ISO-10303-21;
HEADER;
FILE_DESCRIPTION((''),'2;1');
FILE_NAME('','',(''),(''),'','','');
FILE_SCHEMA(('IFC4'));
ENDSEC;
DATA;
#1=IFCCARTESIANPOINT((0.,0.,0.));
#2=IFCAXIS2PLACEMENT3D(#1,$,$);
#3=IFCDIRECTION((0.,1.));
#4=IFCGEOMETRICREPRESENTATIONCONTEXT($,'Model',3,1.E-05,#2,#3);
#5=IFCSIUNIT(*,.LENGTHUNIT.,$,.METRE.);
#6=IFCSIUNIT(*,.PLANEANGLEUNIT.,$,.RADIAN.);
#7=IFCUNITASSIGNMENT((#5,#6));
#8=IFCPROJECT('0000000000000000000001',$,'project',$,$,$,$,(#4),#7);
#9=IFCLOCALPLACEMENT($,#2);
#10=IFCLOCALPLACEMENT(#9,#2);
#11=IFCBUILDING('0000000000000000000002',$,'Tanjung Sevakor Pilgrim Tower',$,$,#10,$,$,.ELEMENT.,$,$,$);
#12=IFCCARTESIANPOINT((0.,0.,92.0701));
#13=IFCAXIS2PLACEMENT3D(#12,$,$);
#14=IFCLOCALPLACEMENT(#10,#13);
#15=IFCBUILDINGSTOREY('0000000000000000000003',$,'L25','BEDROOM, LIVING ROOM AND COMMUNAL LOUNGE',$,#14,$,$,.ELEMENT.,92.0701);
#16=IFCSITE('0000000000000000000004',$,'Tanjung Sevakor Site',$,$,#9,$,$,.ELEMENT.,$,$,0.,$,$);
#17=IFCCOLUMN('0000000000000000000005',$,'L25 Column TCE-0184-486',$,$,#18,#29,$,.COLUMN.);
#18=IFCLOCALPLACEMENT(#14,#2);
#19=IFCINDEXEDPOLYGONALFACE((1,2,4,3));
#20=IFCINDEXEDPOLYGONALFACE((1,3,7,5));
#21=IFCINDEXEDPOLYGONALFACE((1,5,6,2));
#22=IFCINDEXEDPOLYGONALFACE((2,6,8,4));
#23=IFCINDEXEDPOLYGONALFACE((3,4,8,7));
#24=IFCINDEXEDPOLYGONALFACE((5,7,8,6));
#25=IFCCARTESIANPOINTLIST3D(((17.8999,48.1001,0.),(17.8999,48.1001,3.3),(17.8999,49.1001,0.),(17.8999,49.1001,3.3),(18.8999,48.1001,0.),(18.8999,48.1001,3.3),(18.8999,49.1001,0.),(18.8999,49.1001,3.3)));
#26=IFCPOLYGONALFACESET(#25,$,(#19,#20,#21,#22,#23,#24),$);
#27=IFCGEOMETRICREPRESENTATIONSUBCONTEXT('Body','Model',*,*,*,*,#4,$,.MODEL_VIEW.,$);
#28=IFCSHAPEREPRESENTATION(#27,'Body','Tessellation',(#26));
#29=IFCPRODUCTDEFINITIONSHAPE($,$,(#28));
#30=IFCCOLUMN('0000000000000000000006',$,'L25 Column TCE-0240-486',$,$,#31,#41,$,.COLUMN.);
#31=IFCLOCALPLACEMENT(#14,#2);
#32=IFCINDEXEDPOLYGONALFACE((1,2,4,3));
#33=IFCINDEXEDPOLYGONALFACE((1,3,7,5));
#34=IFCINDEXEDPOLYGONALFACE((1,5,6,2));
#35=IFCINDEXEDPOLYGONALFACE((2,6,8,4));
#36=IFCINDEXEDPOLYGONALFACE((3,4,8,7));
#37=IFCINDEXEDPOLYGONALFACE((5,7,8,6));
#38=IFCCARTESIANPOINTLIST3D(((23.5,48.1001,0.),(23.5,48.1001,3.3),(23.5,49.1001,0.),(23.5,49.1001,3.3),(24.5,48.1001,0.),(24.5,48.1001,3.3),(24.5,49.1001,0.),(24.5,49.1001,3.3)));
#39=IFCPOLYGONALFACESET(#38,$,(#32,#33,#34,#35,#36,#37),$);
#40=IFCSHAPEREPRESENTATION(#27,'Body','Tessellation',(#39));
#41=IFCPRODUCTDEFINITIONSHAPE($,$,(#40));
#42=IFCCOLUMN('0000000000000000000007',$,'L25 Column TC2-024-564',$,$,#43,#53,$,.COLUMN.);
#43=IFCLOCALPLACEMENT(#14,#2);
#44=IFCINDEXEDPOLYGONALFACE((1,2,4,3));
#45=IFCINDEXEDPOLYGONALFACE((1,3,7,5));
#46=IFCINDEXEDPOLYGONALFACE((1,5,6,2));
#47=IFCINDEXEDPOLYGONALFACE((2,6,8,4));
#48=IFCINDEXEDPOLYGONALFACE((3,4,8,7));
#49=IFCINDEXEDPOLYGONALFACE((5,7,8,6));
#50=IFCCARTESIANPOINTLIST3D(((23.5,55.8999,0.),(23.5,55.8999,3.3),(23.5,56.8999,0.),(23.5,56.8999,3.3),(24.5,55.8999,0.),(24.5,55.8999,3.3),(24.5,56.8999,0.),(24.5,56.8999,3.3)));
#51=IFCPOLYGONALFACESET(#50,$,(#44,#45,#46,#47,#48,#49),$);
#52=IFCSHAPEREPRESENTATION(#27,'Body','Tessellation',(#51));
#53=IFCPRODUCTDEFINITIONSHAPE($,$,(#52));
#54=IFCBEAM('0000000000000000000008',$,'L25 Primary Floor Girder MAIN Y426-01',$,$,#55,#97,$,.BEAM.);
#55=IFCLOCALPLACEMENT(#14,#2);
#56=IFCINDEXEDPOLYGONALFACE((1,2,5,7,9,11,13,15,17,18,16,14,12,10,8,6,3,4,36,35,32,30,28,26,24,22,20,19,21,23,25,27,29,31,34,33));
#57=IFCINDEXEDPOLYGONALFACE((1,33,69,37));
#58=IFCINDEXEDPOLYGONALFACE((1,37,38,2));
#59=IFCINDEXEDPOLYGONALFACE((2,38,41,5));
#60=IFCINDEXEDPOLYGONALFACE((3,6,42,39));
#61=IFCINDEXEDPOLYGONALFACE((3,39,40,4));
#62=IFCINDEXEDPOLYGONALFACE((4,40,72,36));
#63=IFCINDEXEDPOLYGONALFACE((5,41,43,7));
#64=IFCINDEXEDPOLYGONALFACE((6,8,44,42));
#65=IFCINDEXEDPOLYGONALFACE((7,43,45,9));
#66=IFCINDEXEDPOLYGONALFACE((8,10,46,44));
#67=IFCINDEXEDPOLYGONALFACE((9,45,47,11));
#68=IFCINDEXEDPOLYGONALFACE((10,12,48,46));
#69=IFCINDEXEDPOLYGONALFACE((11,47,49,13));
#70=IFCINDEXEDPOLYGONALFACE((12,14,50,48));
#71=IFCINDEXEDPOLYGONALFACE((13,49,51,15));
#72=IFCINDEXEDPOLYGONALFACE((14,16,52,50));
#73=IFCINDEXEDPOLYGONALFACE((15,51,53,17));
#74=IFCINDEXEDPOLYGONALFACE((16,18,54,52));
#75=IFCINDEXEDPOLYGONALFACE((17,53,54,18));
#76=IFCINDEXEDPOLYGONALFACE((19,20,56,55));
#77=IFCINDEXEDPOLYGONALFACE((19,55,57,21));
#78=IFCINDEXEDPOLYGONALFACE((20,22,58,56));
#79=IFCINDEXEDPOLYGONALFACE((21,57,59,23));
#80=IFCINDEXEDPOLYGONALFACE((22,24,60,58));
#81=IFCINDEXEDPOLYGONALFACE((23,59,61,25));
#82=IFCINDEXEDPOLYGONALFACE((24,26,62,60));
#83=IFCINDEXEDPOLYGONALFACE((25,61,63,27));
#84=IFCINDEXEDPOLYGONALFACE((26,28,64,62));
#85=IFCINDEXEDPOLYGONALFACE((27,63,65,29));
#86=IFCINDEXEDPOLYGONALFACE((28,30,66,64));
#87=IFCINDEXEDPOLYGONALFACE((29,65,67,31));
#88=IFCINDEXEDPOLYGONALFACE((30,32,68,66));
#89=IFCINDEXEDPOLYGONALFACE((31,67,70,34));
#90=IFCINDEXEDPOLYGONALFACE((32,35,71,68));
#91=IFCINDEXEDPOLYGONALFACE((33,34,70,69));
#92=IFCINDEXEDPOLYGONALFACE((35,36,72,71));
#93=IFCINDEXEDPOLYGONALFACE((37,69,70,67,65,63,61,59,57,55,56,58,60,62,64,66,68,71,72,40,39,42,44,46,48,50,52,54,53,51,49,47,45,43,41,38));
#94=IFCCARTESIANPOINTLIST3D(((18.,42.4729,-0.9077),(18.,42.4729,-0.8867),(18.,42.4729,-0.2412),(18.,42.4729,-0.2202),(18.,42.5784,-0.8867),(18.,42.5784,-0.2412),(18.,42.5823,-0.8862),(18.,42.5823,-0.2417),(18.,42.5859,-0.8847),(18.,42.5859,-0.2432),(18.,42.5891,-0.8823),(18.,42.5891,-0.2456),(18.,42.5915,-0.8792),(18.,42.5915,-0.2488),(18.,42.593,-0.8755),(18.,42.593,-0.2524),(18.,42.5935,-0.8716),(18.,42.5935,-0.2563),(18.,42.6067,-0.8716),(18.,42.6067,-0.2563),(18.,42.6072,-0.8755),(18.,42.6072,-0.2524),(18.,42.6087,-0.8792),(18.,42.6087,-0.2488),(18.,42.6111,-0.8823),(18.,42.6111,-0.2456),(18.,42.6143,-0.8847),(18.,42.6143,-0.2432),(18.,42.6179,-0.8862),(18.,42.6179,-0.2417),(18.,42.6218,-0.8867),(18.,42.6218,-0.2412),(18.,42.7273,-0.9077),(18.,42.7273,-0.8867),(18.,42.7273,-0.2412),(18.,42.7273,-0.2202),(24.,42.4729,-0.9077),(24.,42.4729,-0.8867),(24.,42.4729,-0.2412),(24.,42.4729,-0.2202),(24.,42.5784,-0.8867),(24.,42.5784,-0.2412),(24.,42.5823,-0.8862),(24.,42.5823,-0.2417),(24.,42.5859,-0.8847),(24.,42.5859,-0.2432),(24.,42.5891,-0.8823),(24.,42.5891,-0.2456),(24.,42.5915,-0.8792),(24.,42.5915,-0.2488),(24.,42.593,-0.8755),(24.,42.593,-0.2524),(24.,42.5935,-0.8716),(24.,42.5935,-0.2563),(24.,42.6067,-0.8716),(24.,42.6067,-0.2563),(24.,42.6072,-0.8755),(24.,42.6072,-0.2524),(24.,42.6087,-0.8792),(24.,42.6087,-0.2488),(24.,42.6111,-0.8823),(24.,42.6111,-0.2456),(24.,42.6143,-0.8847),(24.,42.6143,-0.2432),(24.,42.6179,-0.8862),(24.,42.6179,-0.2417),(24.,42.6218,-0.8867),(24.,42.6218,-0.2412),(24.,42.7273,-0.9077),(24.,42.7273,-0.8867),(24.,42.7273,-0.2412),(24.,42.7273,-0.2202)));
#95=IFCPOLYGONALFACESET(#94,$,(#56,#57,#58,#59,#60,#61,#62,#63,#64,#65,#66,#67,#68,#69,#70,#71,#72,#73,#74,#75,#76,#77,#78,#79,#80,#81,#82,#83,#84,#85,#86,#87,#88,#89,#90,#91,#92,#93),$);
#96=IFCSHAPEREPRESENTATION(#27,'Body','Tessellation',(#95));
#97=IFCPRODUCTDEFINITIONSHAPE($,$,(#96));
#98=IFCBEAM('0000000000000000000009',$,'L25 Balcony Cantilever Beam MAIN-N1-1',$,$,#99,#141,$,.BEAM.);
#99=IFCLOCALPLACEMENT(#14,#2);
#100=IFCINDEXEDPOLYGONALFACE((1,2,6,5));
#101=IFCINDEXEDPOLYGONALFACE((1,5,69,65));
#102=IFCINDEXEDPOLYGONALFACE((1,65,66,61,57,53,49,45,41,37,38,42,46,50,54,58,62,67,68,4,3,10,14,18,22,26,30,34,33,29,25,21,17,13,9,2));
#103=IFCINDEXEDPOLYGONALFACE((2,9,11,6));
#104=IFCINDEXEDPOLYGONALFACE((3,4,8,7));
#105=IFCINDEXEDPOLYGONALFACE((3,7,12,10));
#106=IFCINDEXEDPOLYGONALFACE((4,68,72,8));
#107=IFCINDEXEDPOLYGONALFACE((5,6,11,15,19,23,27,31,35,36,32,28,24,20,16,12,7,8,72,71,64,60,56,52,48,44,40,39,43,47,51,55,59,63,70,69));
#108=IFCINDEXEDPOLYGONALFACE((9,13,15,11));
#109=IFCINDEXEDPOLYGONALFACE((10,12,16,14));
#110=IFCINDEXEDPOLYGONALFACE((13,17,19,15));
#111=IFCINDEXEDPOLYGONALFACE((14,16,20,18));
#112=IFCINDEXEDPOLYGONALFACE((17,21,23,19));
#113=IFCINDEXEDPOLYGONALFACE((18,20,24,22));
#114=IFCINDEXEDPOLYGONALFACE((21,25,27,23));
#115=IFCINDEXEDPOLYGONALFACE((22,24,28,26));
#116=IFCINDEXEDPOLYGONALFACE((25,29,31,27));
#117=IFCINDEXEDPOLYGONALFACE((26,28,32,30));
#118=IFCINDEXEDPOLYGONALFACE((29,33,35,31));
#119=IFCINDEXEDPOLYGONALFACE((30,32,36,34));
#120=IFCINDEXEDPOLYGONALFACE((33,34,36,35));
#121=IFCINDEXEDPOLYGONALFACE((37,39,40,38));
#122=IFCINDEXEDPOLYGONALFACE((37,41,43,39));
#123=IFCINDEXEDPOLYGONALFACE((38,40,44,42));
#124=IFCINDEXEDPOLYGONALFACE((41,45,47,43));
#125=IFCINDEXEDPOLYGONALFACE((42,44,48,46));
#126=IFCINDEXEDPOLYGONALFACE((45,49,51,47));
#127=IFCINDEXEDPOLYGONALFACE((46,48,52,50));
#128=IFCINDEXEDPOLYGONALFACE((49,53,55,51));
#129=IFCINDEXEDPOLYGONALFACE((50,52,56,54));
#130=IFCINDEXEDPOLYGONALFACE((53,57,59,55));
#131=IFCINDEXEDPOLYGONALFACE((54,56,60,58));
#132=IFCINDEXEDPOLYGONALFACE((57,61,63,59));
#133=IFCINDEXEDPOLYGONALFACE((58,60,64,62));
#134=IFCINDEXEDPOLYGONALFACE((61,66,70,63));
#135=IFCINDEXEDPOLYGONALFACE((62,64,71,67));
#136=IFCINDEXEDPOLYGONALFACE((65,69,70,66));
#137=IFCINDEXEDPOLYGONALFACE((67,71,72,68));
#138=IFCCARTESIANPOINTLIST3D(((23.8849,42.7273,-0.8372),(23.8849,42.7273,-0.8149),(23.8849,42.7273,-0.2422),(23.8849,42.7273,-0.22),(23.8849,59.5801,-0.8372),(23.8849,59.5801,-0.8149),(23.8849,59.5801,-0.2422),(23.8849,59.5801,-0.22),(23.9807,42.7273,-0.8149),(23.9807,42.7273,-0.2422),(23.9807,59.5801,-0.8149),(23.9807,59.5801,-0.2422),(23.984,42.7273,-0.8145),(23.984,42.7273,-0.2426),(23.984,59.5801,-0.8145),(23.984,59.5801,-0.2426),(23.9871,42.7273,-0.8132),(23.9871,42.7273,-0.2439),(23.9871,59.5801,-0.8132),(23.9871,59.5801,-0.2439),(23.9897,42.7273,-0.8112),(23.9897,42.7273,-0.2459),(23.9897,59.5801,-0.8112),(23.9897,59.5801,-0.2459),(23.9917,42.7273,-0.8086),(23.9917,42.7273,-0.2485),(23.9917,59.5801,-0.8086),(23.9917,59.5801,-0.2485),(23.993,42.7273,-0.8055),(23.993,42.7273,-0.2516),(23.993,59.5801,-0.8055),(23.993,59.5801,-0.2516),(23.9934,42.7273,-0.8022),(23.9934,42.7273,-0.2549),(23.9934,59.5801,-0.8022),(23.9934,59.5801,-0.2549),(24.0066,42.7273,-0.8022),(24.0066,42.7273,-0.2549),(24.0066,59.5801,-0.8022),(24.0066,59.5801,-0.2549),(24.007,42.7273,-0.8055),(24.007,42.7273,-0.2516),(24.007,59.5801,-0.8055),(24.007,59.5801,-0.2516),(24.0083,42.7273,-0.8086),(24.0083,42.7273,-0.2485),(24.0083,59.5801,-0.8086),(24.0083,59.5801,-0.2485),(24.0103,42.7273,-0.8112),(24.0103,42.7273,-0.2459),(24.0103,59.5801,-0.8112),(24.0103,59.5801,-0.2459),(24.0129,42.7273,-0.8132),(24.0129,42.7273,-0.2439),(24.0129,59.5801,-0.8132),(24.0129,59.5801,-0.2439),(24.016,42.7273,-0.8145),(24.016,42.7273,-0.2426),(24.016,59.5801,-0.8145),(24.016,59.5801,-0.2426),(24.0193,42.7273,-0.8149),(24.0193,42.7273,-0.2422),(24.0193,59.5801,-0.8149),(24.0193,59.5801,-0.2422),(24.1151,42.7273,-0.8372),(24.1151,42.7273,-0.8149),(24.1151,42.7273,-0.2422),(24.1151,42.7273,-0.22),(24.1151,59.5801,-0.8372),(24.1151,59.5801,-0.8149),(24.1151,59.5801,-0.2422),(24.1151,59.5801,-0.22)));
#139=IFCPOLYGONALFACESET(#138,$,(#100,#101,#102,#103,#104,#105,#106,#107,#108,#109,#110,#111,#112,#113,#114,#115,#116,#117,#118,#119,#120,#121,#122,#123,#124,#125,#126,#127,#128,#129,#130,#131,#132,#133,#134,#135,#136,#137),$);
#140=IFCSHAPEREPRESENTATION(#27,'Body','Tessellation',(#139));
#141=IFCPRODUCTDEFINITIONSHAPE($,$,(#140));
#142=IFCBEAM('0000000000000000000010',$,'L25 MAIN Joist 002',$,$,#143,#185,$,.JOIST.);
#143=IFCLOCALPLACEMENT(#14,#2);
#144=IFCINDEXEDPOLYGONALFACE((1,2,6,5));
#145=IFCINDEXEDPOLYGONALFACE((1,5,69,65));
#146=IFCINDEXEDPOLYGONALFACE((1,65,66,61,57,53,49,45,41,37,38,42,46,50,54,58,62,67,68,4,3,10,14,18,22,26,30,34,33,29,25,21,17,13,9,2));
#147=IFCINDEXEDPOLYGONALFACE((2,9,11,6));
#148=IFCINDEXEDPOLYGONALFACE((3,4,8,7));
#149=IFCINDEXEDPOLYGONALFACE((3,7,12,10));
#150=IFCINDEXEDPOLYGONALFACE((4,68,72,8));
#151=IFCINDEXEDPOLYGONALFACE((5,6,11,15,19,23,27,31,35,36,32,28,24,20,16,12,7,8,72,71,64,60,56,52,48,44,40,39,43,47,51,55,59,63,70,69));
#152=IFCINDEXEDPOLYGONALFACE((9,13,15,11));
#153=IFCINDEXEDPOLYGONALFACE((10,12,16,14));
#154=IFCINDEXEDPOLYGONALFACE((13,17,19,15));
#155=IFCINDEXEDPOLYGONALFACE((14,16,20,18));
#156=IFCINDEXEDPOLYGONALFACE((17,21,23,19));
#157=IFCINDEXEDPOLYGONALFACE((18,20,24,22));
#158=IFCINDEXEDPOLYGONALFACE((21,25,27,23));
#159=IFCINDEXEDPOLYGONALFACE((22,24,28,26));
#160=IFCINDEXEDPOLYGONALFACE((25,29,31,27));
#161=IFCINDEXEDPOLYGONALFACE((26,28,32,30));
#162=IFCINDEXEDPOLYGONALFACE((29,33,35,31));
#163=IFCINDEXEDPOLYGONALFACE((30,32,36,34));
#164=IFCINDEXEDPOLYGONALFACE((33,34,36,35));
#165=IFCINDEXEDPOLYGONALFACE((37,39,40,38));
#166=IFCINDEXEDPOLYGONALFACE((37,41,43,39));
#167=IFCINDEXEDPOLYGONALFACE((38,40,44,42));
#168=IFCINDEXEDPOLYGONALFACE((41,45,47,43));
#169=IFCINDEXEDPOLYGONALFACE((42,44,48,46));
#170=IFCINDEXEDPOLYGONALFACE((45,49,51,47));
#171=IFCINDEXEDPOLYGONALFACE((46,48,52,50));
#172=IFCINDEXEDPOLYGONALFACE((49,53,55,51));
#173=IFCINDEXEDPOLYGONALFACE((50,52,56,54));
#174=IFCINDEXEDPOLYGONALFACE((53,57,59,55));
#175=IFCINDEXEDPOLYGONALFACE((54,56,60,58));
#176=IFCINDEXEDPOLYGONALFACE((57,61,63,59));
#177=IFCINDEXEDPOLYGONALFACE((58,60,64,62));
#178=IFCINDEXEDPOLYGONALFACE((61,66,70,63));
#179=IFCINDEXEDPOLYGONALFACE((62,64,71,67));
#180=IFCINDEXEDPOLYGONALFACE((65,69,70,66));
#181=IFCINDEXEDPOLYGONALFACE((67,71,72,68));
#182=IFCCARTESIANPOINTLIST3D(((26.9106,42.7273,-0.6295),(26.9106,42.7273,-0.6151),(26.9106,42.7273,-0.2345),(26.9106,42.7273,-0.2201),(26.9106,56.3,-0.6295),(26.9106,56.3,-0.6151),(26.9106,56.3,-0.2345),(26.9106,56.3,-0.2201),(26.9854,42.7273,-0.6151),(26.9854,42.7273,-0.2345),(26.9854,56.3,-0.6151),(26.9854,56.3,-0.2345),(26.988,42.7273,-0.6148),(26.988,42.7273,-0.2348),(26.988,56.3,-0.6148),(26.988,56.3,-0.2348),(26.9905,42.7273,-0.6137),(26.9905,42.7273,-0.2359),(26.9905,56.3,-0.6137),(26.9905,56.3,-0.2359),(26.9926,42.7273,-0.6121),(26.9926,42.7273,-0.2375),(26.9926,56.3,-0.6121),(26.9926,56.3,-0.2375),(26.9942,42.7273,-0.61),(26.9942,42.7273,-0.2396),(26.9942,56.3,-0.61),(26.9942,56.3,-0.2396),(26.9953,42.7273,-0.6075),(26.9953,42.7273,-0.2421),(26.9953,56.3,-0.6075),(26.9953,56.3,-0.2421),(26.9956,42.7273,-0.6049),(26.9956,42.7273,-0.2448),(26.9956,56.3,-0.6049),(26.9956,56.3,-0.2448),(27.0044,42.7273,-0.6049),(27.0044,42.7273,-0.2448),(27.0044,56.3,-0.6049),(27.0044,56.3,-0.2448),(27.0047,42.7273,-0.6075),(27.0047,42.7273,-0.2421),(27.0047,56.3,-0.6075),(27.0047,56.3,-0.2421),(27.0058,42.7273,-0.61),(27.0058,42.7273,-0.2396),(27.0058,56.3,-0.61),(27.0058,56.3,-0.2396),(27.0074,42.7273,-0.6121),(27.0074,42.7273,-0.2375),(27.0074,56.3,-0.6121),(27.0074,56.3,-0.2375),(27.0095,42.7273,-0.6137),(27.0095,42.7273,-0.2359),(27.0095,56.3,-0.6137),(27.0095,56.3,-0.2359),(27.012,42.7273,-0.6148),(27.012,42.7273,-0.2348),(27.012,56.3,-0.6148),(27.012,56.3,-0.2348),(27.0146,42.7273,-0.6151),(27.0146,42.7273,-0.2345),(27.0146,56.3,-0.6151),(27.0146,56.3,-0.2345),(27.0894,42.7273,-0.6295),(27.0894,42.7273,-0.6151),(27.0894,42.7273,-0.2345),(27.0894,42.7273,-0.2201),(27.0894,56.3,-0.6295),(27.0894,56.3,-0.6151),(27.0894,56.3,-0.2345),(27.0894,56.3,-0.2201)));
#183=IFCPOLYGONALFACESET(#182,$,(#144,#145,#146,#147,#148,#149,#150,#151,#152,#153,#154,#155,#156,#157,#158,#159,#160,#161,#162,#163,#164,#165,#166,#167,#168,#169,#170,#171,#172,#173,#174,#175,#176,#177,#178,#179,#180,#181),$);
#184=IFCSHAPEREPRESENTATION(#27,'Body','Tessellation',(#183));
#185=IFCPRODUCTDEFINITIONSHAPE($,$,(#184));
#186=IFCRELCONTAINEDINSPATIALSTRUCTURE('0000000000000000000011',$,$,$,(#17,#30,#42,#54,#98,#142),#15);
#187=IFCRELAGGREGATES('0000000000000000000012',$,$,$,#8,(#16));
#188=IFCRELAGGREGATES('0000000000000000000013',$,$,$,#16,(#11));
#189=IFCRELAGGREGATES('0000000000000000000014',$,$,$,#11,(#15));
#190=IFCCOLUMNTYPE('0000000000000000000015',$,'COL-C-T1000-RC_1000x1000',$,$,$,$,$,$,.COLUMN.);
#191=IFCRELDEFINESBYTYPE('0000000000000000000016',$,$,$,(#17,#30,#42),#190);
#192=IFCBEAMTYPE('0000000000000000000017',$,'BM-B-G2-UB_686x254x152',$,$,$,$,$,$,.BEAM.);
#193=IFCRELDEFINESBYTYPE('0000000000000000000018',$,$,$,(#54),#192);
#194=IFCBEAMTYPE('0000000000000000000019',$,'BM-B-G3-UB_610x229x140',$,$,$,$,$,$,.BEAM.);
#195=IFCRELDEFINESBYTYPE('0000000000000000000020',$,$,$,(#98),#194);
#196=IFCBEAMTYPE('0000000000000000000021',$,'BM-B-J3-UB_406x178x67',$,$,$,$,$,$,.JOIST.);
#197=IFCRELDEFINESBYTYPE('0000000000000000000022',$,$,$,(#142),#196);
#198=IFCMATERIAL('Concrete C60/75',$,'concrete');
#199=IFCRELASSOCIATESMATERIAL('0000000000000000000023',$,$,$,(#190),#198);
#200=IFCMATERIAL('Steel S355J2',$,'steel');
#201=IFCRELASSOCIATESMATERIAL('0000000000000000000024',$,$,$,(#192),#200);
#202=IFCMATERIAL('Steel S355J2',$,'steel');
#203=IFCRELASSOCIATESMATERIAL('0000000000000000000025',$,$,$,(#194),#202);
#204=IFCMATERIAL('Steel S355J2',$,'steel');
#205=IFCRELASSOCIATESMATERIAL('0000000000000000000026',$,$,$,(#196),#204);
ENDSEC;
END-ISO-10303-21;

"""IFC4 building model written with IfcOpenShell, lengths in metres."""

from ifc_helpers import new_model, si_unit, direction, frame, origin, origin_2d, place, context, subcontext, project, spatial, rectangle, i_section, extrude, material, material_profile, profile_set, type_object, element, save


model = new_model("IFC4")

# Units and contexts
model_context = context("Model", 3, precision=1e-05, world=origin(), true_north=direction((0.0, 1.0)))
body_context = subcontext(model_context, "Body", "Model", "MODEL_VIEW")
ifc_project = project(units=[si_unit("LENGTHUNIT", "METRE"), si_unit("PLANEANGLEUNIT", "RADIAN")], contexts=[model_context])

# Site, building, storey
site_placement = place(None, origin())
site = spatial("IfcSite", under=ifc_project, at=site_placement, Name="Tanjung Sevakor Site", CompositionType="ELEMENT", RefElevation=0.0)
building_placement = place(site_placement, origin())
building = spatial("IfcBuilding", under=site, at=building_placement, Name="Tanjung Sevakor Pilgrim Tower", CompositionType="ELEMENT")
storey_placement = place(building_placement, frame((0.0, 0.0, 92.0701)))
storey = spatial("IfcBuildingStorey", under=building, at=storey_placement, Name="L25", Description="BEDROOM, LIVING ROOM AND COMMUNAL LOUNGE", CompositionType="ELEMENT", Elevation=92.0701)

# Columns
ifc_material_1 = material(Name="Concrete C60/75", Category="concrete")
ifc_material_profile_1 = material_profile(ifc_material_1, rectangle(XDim=1.0, YDim=1.0, at=origin_2d()))
ifc_profile_set_1 = profile_set([ifc_material_profile_1], Name="Concrete C60/75")
column_type = type_object("IfcColumnType", Name="COL-C-T1000-RC_1000x1000", PredefinedType="COLUMN", material=ifc_profile_set_1)
for number, where, z_axis, x_axis, name in (
    (1, (18.3999, 48.6001, 0.0), (0.0, 0.0, 1.0), (1.0, 0.0, 0.0), "L25 Column TCE-0184-486"),
    (2, (24.0, 48.6001, 0.0), (0.0, 0.0, 1.0), (1.0, 0.0, 0.0), "L25 Column TCE-0240-486"),
    (3, (24.0, 56.3999, 0.0), (0.0, 0.0, 1.0), (1.0, 0.0, 0.0), "L25 Column TC2-024-564"),
):
    element("IfcColumn", number, at=place(storey_placement, frame(where, z_axis=z_axis, x_axis=x_axis)), inside=storey, type_object=column_type, Name=name, PredefinedType="COLUMN", context=body_context, shape_type="SweptSolid", body=[
        extrude(rectangle(XDim=1.0, YDim=1.0, at=origin_2d()), origin(), (0.0, 0.0, 1.0), 3.3),
    ])

# Beams
ifc_material_2 = material(Name="Steel S355J2", Category="steel")
ifc_material_profile_2 = material_profile(ifc_material_2, i_section(OverallWidth=0.2544, OverallDepth=0.6875, WebThickness=0.0132, FlangeThickness=0.021, FilletRadius=0.0151, at=origin_2d()))
ifc_profile_set_2 = profile_set([ifc_material_profile_2], Name="Steel S355J2")
beam_type_1 = type_object("IfcBeamType", Name="BM-B-G2-UB_686x254x152", PredefinedType="BEAM", material=ifc_profile_set_2)
beam_1_placement = place(storey_placement, frame((18.0, 42.6001, -0.564), z_axis=(1.0, 0.0, 0.0), x_axis=(0.0, 1.0, 0.0)))
element("IfcBeam", 4, at=beam_1_placement, inside=storey, type_object=beam_type_1, Name="L25 Primary Floor Girder MAIN Y426-01", PredefinedType="BEAM", context=body_context, shape_type="SweptSolid", body=[
    extrude(i_section(OverallWidth=0.2544, OverallDepth=0.6875, WebThickness=0.0132, FlangeThickness=0.021, FilletRadius=0.0151, at=origin_2d()), origin(), (0.0, 0.0, 1.0), 6.0),
])
ifc_material_3 = material(Name="Steel S355J2", Category="steel")
ifc_material_profile_3 = material_profile(ifc_material_3, i_section(OverallWidth=0.2302, OverallDepth=0.6172, WebThickness=0.0132, FlangeThickness=0.0222, FilletRadius=0.0127, at=origin_2d()))
ifc_profile_set_3 = profile_set([ifc_material_profile_3], Name="Steel S355J2")
beam_type_2 = type_object("IfcBeamType", Name="BM-B-G3-UB_610x229x140", PredefinedType="BEAM", material=ifc_profile_set_3)
beam_2_placement = place(storey_placement, frame((24.0, 42.7273, -0.5286), z_axis=(0.0, 1.0, 0.0), x_axis=(-1.0, 0.0, 0.0)))
element("IfcBeam", 5, at=beam_2_placement, inside=storey, type_object=beam_type_2, Name="L25 Balcony Cantilever Beam MAIN-N1-1", PredefinedType="BEAM", context=body_context, shape_type="SweptSolid", body=[
    extrude(i_section(OverallWidth=0.2302, OverallDepth=0.6172, WebThickness=0.0132, FlangeThickness=0.0222, FilletRadius=0.0127, at=origin_2d()), origin(), (0.0, 0.0, 1.0), 16.8528),
])
ifc_material_4 = material(Name="Steel S355J2", Category="steel")
ifc_material_profile_4 = material_profile(ifc_material_4, i_section(OverallWidth=0.1787, OverallDepth=0.4094, WebThickness=0.0088, FlangeThickness=0.0144, FilletRadius=0.0103, at=origin_2d()))
ifc_profile_set_4 = profile_set([ifc_material_profile_4], Name="Steel S355J2")
beam_type_3 = type_object("IfcBeamType", Name="BM-B-J3-UB_406x178x67", PredefinedType="JOIST", material=ifc_profile_set_4)
beam_3_placement = place(storey_placement, frame((27.0, 42.7273, -0.4248), z_axis=(0.0, 1.0, 0.0), x_axis=(-1.0, 0.0, 0.0)))
element("IfcBeam", 6, at=beam_3_placement, inside=storey, type_object=beam_type_3, Name="L25 MAIN Joist 002", PredefinedType="JOIST", context=body_context, shape_type="SweptSolid", body=[
    extrude(i_section(OverallWidth=0.1787, OverallDepth=0.4094, WebThickness=0.0088, FlangeThickness=0.0144, FilletRadius=0.0103, at=origin_2d()), origin(), (0.0, 0.0, 1.0), 13.5728),
])

save(model, "model.ifc")
